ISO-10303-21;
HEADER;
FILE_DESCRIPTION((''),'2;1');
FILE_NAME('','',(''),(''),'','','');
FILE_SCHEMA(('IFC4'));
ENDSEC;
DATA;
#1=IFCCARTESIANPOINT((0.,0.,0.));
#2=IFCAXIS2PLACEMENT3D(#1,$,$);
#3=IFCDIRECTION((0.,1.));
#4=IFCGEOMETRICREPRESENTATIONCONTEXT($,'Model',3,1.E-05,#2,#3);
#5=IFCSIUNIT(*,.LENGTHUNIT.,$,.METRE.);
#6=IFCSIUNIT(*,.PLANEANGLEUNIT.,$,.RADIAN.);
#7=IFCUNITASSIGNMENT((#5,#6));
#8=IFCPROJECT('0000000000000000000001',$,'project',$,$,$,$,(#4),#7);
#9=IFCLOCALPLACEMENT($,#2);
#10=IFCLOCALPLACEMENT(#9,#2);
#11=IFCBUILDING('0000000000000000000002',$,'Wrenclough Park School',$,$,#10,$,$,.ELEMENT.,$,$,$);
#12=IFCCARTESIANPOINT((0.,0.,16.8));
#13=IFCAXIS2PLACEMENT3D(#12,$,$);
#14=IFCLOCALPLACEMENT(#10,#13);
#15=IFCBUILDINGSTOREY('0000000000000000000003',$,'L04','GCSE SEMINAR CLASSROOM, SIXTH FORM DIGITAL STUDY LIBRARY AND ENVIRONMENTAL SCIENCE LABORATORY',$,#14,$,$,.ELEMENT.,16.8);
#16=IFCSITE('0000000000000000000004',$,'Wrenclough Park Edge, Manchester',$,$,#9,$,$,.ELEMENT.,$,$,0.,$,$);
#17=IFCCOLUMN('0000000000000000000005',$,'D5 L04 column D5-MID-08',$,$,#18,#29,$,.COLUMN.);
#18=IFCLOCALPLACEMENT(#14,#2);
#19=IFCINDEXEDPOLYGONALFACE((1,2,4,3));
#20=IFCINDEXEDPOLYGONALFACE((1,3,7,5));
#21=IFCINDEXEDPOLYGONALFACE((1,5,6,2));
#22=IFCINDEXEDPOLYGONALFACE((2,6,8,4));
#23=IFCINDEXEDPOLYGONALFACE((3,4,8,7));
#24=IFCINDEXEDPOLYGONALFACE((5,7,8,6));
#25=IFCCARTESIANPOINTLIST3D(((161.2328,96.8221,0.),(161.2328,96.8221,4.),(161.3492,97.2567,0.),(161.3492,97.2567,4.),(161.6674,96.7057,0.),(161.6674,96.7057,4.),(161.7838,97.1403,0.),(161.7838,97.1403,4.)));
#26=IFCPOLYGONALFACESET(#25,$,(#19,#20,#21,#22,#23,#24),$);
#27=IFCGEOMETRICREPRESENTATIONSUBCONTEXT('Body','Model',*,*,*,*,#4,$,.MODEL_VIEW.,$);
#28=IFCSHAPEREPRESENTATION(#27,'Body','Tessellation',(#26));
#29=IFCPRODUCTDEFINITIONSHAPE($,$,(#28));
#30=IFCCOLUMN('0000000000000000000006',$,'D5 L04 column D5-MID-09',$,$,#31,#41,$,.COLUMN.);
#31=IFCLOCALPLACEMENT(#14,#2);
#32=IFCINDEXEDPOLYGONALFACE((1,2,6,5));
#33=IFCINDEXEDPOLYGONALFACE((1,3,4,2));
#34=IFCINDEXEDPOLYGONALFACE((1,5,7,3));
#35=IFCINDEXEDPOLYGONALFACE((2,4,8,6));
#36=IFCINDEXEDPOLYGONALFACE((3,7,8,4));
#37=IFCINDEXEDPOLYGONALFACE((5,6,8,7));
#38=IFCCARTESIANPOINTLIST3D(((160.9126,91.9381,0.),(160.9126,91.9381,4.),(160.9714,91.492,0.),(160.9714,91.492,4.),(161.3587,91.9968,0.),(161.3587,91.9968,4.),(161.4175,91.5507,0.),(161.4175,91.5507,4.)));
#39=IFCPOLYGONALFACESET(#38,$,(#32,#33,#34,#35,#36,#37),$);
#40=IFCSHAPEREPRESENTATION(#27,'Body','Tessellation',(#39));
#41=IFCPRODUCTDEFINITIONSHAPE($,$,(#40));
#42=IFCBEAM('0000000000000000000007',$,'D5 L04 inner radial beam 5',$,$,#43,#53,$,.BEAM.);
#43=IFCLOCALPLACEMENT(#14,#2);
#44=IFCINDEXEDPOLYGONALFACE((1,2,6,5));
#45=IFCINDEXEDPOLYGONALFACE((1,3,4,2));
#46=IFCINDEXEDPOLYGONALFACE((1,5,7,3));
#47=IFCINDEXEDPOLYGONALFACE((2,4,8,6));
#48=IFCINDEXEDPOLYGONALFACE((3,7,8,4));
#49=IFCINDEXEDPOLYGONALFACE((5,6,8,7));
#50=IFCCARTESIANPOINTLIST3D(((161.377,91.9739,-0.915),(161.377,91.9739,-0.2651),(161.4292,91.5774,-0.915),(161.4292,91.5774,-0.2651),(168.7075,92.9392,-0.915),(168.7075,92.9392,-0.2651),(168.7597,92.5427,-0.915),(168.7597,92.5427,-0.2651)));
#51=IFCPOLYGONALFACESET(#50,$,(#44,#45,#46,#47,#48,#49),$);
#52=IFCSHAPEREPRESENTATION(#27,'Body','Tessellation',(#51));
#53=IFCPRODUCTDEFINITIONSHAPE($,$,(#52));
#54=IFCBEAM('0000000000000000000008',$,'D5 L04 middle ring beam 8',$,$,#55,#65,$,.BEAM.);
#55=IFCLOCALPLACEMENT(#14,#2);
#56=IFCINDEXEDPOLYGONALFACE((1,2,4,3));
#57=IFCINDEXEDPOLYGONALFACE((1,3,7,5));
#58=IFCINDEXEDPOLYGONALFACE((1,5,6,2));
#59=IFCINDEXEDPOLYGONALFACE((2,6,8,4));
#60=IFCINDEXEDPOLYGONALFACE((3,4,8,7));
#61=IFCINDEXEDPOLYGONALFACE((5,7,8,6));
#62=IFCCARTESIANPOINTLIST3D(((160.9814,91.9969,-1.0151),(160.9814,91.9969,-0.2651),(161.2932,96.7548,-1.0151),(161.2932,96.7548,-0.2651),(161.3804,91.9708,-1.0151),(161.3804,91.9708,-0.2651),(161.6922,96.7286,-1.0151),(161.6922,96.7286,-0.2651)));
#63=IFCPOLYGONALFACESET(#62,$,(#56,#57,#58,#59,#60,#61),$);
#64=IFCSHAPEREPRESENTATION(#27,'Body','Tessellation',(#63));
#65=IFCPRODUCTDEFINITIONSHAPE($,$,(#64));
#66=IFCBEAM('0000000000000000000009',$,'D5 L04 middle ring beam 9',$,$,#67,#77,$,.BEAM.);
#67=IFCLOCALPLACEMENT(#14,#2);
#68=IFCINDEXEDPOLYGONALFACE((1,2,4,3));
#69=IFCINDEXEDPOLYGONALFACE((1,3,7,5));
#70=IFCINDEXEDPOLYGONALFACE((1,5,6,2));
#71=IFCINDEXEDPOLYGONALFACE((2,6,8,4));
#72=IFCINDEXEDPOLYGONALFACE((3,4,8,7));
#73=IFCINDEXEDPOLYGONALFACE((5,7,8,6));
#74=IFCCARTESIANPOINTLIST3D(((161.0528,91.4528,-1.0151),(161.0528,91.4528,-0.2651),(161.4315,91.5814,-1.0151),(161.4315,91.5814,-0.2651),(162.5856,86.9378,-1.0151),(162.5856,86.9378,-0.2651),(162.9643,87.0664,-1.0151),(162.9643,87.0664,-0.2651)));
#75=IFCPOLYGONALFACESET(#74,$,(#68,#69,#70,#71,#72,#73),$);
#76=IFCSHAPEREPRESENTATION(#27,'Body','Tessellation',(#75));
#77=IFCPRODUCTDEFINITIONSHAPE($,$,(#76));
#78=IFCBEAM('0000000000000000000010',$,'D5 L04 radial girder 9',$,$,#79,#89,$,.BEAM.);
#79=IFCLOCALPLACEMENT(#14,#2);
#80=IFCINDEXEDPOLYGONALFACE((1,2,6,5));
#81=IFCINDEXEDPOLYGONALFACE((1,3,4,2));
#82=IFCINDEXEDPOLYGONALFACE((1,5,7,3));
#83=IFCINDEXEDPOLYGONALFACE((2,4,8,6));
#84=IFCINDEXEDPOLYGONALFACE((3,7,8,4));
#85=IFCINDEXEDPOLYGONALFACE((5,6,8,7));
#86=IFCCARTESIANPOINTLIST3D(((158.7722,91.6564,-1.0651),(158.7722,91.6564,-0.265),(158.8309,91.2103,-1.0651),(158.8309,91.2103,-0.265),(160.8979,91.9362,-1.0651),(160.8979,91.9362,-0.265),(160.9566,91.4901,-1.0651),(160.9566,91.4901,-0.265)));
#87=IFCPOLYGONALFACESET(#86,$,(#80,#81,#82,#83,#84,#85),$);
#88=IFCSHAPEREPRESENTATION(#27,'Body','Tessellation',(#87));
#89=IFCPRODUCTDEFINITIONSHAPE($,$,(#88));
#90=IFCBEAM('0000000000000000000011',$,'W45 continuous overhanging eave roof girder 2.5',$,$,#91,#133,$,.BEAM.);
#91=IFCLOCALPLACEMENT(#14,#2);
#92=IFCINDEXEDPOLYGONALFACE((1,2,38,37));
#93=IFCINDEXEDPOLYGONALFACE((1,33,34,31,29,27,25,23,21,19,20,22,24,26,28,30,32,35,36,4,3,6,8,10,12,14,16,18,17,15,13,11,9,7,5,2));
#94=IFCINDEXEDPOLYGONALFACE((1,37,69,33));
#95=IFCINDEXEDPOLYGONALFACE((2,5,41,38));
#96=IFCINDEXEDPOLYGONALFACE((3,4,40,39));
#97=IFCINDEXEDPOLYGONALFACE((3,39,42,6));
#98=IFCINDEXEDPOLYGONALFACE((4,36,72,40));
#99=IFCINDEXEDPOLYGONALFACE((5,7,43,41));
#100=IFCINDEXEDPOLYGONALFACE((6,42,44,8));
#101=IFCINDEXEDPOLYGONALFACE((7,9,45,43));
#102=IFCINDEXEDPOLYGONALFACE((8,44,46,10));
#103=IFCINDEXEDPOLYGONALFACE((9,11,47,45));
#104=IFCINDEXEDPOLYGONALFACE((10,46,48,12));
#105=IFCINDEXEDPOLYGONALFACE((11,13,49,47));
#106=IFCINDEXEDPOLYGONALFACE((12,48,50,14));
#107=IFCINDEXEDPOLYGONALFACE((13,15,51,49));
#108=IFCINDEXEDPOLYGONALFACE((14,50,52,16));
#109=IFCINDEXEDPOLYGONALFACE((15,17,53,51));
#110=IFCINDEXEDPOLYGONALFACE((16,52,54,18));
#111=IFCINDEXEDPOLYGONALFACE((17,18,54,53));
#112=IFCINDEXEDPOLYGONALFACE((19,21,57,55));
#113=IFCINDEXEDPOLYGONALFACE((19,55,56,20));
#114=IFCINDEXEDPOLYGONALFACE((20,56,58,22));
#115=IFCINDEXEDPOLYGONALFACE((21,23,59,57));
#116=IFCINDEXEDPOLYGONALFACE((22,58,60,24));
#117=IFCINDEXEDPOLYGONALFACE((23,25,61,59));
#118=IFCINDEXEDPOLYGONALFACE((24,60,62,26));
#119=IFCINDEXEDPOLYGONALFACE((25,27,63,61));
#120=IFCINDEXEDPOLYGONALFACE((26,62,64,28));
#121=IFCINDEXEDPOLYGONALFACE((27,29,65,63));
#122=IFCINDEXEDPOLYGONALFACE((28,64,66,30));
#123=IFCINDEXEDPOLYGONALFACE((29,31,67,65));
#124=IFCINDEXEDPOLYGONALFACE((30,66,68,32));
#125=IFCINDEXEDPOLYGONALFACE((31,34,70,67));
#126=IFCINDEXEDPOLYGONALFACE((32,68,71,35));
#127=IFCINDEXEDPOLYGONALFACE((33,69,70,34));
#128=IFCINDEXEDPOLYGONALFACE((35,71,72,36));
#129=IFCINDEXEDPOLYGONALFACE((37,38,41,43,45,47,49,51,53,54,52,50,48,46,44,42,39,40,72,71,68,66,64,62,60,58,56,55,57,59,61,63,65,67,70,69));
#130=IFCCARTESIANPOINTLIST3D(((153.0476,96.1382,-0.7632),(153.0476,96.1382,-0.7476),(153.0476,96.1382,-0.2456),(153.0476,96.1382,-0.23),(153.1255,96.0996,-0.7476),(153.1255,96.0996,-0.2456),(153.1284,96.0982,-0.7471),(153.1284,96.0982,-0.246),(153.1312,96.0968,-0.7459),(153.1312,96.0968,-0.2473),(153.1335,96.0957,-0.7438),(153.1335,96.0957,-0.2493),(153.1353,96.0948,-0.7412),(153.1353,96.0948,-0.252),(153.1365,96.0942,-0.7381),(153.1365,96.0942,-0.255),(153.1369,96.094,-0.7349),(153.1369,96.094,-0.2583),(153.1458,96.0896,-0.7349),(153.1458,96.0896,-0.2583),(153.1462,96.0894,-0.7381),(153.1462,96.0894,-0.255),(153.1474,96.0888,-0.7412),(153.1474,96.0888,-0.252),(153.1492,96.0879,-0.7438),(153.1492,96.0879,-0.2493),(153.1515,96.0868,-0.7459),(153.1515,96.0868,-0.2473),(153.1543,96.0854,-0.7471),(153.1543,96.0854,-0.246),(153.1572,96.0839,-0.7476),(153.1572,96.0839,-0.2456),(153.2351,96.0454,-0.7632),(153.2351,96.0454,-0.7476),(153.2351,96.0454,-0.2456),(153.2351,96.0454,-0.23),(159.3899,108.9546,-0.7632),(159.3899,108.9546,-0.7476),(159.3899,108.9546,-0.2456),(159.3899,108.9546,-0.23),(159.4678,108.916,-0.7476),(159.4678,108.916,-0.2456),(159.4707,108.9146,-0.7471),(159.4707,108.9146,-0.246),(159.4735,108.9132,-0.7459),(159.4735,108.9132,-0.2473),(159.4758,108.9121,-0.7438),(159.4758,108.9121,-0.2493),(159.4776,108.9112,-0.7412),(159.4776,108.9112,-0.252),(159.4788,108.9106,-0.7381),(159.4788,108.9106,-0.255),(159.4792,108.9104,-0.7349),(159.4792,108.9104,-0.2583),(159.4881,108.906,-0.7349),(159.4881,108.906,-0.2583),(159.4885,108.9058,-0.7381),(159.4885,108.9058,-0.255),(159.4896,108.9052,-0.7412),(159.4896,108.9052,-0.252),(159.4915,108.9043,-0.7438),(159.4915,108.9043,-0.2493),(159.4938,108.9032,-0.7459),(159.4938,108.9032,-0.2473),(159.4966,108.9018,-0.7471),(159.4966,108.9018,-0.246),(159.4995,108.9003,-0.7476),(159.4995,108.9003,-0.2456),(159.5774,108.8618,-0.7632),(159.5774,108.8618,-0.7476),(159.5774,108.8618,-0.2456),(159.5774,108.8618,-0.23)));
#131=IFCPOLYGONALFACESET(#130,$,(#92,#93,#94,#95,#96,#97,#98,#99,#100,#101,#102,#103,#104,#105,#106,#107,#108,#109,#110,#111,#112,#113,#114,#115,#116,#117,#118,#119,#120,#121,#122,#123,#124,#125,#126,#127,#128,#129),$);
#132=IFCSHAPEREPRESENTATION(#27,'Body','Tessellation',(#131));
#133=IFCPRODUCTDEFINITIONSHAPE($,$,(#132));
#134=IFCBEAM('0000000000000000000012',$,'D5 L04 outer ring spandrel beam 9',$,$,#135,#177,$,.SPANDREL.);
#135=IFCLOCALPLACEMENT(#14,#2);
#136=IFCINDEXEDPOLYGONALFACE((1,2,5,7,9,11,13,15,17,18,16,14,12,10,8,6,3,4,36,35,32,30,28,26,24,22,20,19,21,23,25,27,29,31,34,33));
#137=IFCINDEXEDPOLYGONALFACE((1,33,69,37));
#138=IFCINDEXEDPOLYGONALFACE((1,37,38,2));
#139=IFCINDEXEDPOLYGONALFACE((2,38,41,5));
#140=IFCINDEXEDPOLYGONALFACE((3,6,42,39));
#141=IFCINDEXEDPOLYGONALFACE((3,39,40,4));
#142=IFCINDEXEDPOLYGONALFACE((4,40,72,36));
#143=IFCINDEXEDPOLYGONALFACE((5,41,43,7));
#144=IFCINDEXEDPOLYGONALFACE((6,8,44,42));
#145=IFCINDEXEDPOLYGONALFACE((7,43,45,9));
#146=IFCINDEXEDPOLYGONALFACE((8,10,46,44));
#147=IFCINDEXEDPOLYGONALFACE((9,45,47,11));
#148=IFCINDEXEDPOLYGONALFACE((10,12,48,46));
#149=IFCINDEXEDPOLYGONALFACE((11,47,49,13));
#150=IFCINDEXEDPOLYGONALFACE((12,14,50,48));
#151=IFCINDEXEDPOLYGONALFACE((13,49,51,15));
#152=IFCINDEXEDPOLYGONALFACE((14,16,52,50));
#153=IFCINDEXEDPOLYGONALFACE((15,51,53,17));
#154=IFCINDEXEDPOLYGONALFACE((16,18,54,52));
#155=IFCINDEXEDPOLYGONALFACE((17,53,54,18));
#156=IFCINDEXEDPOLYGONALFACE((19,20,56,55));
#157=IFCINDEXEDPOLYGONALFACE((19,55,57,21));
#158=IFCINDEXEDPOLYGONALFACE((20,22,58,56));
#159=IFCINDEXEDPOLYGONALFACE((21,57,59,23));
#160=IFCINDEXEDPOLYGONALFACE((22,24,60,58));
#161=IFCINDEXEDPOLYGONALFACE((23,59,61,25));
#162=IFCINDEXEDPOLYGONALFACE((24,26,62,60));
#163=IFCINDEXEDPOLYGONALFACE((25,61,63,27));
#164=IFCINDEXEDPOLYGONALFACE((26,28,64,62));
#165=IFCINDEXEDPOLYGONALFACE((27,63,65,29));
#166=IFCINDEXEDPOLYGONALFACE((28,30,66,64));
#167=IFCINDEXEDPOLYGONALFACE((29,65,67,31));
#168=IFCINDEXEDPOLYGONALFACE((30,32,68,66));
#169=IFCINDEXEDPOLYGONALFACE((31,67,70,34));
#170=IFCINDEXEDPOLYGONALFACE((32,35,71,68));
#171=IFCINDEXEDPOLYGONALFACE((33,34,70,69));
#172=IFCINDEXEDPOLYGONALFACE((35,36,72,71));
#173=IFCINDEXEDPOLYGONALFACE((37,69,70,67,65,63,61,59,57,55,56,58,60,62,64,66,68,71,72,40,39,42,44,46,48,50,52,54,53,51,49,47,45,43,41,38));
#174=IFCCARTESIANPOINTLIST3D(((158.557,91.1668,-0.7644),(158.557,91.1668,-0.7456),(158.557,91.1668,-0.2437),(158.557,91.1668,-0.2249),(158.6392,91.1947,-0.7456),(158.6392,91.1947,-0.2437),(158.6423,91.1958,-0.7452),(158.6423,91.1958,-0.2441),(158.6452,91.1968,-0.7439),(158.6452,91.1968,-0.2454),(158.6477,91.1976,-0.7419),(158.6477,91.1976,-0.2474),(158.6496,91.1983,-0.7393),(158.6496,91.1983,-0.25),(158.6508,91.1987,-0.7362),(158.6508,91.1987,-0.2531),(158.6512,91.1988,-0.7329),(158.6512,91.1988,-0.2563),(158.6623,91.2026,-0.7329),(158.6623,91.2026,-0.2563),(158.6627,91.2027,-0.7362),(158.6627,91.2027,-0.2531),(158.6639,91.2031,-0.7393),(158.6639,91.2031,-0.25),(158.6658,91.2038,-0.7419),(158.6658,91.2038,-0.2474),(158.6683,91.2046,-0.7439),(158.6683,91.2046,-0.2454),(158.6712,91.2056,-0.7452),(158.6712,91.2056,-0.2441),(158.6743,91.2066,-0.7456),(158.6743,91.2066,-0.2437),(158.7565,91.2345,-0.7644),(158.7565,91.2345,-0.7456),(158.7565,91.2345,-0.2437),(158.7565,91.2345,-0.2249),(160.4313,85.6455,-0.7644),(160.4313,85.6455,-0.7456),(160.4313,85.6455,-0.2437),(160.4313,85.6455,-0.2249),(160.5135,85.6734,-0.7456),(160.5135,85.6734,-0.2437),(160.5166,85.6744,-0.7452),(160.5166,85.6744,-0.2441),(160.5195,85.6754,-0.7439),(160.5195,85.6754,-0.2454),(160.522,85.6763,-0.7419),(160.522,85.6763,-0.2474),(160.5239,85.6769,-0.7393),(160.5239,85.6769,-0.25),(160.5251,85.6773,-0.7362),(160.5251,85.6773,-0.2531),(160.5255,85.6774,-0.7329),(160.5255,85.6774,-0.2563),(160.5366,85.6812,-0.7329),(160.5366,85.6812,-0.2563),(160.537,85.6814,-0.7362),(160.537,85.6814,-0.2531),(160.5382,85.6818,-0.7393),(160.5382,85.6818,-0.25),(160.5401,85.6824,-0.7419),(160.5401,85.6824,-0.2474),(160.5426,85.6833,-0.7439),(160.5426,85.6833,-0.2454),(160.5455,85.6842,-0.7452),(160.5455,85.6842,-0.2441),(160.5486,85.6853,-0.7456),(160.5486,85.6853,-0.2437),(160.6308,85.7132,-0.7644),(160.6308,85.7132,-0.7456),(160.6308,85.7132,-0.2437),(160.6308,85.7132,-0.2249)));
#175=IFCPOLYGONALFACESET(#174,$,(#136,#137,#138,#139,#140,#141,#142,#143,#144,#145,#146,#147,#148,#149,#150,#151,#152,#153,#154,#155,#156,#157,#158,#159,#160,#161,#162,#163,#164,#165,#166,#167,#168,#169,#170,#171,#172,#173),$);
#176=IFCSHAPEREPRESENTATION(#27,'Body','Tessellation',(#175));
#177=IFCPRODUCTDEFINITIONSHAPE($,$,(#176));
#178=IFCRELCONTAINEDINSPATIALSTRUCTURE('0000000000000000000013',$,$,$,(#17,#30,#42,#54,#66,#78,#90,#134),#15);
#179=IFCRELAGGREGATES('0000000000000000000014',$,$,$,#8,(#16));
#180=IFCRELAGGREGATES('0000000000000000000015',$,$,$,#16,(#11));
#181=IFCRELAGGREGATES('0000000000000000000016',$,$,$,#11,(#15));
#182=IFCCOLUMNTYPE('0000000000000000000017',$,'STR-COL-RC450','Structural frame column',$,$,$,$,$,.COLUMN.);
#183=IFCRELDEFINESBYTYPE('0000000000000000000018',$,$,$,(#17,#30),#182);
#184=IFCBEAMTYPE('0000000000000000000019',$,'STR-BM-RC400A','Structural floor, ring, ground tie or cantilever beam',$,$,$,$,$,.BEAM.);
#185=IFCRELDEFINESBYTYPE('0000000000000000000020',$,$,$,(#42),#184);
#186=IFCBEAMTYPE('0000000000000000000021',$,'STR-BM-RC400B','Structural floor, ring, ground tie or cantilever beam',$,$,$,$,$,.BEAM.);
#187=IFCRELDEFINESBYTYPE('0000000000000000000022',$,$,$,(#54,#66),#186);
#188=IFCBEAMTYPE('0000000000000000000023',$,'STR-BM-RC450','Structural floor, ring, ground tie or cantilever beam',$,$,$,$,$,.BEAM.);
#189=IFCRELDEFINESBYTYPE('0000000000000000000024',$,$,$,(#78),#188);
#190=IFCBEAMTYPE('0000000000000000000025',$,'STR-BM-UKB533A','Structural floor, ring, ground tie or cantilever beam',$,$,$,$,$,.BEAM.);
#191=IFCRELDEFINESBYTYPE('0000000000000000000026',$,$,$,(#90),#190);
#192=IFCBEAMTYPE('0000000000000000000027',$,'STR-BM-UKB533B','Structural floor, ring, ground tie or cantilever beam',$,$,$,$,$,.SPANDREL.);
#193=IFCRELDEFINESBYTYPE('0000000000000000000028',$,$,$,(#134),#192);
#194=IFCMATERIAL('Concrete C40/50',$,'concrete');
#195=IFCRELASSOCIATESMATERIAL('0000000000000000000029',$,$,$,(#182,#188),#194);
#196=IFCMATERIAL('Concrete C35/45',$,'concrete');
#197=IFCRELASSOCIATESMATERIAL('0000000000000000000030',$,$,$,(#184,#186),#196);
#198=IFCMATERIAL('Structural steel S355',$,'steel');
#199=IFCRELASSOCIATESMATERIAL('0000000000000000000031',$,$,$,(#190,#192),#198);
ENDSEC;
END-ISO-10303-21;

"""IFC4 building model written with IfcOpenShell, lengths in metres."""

from ifc_helpers import new_model, si_unit, direction, frame, origin, origin_2d, place, context, subcontext, project, spatial, rectangle, i_section, extrude, material, material_profile, profile_set, type_object, element, save


model = new_model("IFC4")

# Units and contexts
model_context = context("Model", 3, precision=1e-05, world=origin(), true_north=direction((0.0, 1.0)))
body_context = subcontext(model_context, "Body", "Model", "MODEL_VIEW")
ifc_project = project(units=[si_unit("LENGTHUNIT", "METRE"), si_unit("PLANEANGLEUNIT", "RADIAN")], contexts=[model_context])

# Site, building, storey
site_placement = place(None, origin())
site = spatial("IfcSite", under=ifc_project, at=site_placement, Name="Wrenclough Park Edge, Manchester", CompositionType="ELEMENT", RefElevation=0.0)
building_placement = place(site_placement, origin())
building = spatial("IfcBuilding", under=site, at=building_placement, Name="Wrenclough Park School", CompositionType="ELEMENT")
storey_placement = place(building_placement, frame((0.0, 0.0, 16.8)))
storey = spatial("IfcBuildingStorey", under=building, at=storey_placement, Name="L04", Description="GCSE SEMINAR CLASSROOM, SIXTH FORM DIGITAL STUDY LIBRARY AND ENVIRONMENTAL SCIENCE LABORATORY", CompositionType="ELEMENT", Elevation=16.8)

# Columns
ifc_material_1 = material(Name="Concrete C40/50", Category="concrete")
ifc_material_profile_1 = material_profile(ifc_material_1, rectangle(XDim=0.45, YDim=0.45, at=origin_2d()), Name="RC COL 450x450")
ifc_profile_set_1 = profile_set([ifc_material_profile_1], Name="Concrete C40/50")
column_type = type_object("IfcColumnType", Name="STR-COL-RC450", Description="Structural frame column", PredefinedType="COLUMN", material=ifc_profile_set_1)
for number, where, z_axis, x_axis, name in (
    (1, (161.5083, 96.9812, 0.0), (0.0, 0.0, 1.0), (-0.258819, -0.965926, 0.0), "D5 L04 column D5-MID-08"),
    (2, (161.165, 91.7444, 0.0), (0.0, 0.0, 1.0), (0.130526, -0.991445, 0.0), "D5 L04 column D5-MID-09"),
):
    element("IfcColumn", number, at=place(storey_placement, frame(where, z_axis=z_axis, x_axis=x_axis)), inside=storey, type_object=column_type, Name=name, PredefinedType="COLUMN", context=body_context, shape_type="SweptSolid", body=[
        extrude(rectangle(XDim=0.45, YDim=0.45, at=origin_2d()), origin(), (0.0, 0.0, 1.0), 4.0),
    ])

# Beams
ifc_material_2 = material(Name="Concrete C35/45", Category="concrete")
ifc_material_profile_2 = material_profile(ifc_material_2, rectangle(XDim=0.3999, YDim=0.6499, at=origin_2d()), Name="RC BEAM 400x650")
ifc_profile_set_2 = profile_set([ifc_material_profile_2], Name="Concrete C35/45")
beam_type_1 = type_object("IfcBeamType", Name="STR-BM-RC400A", Description="Structural floor, ring, ground tie or cantilever beam", PredefinedType="BEAM", material=ifc_profile_set_2)
beam_1_placement = place(storey_placement, frame((161.4031, 91.7756, -0.5901), z_axis=(0.991441, 0.130559, 0.0), x_axis=(-0.130559, 0.991441, 0.0)))
element("IfcBeam", 3, at=beam_1_placement, inside=storey, type_object=beam_type_1, Name="D5 L04 inner radial beam 5", PredefinedType="BEAM", context=body_context, shape_type="SweptSolid", body=[
    extrude(rectangle(XDim=0.3999, YDim=0.6499, at=origin_2d()), origin(), (0.0, 0.0, 1.0), 7.3938),
])
ifc_material_profile_3 = material_profile(ifc_material_2, rectangle(XDim=0.3999, YDim=0.75, at=origin_2d()), Name="RC BEAM 400x750")
ifc_profile_set_3 = profile_set([ifc_material_profile_3], Name="Concrete C35/45")
beam_type_2 = type_object("IfcBeamType", Name="STR-BM-RC400B", Description="Structural floor, ring, ground tie or cantilever beam", PredefinedType="BEAM", material=ifc_profile_set_3)
for number, where, z_axis, x_axis, name in (
    (4, (161.4927, 96.7417, -0.6401), (-0.065387, -0.99786, 0.0), (0.99786, -0.065387, 0.0), "D5 L04 middle ring beam 8"),
    (5, (161.2422, 91.5171, -0.6401), (0.321461, -0.946923, 0.0), (0.946923, 0.321461, 0.0), "D5 L04 middle ring beam 9"),
):
    element("IfcBeam", number, at=place(storey_placement, frame(where, z_axis=z_axis, x_axis=x_axis)), inside=storey, type_object=beam_type_2, Name=name, PredefinedType="BEAM", context=body_context, shape_type="SweptSolid", body=[
        extrude(rectangle(XDim=0.3999, YDim=0.75, at=origin_2d()), origin(), (0.0, 0.0, 1.0), 4.7681),
    ])
ifc_material_profile_4 = material_profile(ifc_material_1, rectangle(XDim=0.45, YDim=0.8, at=origin_2d()), Name="RC BEAM 450x800")
ifc_profile_set_4 = profile_set([ifc_material_profile_4], Name="Concrete C40/50")
beam_type_3 = type_object("IfcBeamType", Name="STR-BM-RC450", Description="Structural floor, ring, ground tie or cantilever beam", PredefinedType="BEAM", material=ifc_profile_set_4)
beam_2_placement = place(storey_placement, frame((158.8015, 91.4333, -0.665), z_axis=(0.991449, 0.130493, 0.0), x_axis=(-0.130493, 0.991449, 0.0)))
element("IfcBeam", 6, at=beam_2_placement, inside=storey, type_object=beam_type_3, Name="D5 L04 radial girder 9", PredefinedType="BEAM", context=body_context, shape_type="SweptSolid", body=[
    extrude(rectangle(XDim=0.45, YDim=0.8, at=origin_2d()), origin(), (0.0, 0.0, 1.0), 2.144),
])
ifc_material_3 = material(Name="Structural steel S355", Category="steel")
ifc_material_profile_5 = material_profile(ifc_material_3, i_section(OverallWidth=0.2092, OverallDepth=0.5332, WebThickness=0.01, FlangeThickness=0.0156, FilletRadius=0.0127, at=origin_2d()), Name="UKB 533x210x92")
ifc_profile_set_5 = profile_set([ifc_material_profile_5], Name="Structural steel S355")
beam_type_4 = type_object("IfcBeamType", Name="STR-BM-UKB533A", Description="Structural floor, ring, ground tie or cantilever beam", PredefinedType="BEAM", material=ifc_profile_set_5)
beam_3_placement = place(storey_placement, frame((153.1414, 96.0918, -0.4966), z_axis=(0.443522, 0.896263, 0.0), x_axis=(-0.896263, 0.443522, 0.0)))
element("IfcBeam", 7, at=beam_3_placement, inside=storey, type_object=beam_type_4, Name="W45 continuous overhanging eave roof girder 2.5", PredefinedType="BEAM", context=body_context, shape_type="SweptSolid", body=[
    extrude(i_section(OverallWidth=0.2092, OverallDepth=0.5332, WebThickness=0.01, FlangeThickness=0.0156, FilletRadius=0.0127, at=origin_2d()), origin(), (0.0, 0.0, 1.0), 14.2998),
])
ifc_material_profile_6 = material_profile(ifc_material_3, i_section(OverallWidth=0.2107, OverallDepth=0.5396, WebThickness=0.0117, FlangeThickness=0.0188, FilletRadius=0.0127, at=origin_2d()), Name="UKB 533x210x109")
ifc_profile_set_6 = profile_set([ifc_material_profile_6], Name="Structural steel S355")
beam_type_5 = type_object("IfcBeamType", Name="STR-BM-UKB533B", Description="Structural floor, ring, ground tie or cantilever beam", PredefinedType="SPANDREL", material=ifc_profile_set_6)
beam_4_placement = place(storey_placement, frame((158.6567, 91.2007, -0.4946), z_axis=(0.321449, -0.946927, 0.0), x_axis=(0.946927, 0.321449, 0.0)))
element("IfcBeam", 8, at=beam_4_placement, inside=storey, type_object=beam_type_5, Name="D5 L04 outer ring spandrel beam 9", PredefinedType="SPANDREL", context=body_context, shape_type="SweptSolid", body=[
    extrude(i_section(OverallWidth=0.2107, OverallDepth=0.5396, WebThickness=0.0117, FlangeThickness=0.0188, FilletRadius=0.0127, at=origin_2d()), origin(), (0.0, 0.0, 1.0), 5.8308),
])

save(model, "model.ifc")
